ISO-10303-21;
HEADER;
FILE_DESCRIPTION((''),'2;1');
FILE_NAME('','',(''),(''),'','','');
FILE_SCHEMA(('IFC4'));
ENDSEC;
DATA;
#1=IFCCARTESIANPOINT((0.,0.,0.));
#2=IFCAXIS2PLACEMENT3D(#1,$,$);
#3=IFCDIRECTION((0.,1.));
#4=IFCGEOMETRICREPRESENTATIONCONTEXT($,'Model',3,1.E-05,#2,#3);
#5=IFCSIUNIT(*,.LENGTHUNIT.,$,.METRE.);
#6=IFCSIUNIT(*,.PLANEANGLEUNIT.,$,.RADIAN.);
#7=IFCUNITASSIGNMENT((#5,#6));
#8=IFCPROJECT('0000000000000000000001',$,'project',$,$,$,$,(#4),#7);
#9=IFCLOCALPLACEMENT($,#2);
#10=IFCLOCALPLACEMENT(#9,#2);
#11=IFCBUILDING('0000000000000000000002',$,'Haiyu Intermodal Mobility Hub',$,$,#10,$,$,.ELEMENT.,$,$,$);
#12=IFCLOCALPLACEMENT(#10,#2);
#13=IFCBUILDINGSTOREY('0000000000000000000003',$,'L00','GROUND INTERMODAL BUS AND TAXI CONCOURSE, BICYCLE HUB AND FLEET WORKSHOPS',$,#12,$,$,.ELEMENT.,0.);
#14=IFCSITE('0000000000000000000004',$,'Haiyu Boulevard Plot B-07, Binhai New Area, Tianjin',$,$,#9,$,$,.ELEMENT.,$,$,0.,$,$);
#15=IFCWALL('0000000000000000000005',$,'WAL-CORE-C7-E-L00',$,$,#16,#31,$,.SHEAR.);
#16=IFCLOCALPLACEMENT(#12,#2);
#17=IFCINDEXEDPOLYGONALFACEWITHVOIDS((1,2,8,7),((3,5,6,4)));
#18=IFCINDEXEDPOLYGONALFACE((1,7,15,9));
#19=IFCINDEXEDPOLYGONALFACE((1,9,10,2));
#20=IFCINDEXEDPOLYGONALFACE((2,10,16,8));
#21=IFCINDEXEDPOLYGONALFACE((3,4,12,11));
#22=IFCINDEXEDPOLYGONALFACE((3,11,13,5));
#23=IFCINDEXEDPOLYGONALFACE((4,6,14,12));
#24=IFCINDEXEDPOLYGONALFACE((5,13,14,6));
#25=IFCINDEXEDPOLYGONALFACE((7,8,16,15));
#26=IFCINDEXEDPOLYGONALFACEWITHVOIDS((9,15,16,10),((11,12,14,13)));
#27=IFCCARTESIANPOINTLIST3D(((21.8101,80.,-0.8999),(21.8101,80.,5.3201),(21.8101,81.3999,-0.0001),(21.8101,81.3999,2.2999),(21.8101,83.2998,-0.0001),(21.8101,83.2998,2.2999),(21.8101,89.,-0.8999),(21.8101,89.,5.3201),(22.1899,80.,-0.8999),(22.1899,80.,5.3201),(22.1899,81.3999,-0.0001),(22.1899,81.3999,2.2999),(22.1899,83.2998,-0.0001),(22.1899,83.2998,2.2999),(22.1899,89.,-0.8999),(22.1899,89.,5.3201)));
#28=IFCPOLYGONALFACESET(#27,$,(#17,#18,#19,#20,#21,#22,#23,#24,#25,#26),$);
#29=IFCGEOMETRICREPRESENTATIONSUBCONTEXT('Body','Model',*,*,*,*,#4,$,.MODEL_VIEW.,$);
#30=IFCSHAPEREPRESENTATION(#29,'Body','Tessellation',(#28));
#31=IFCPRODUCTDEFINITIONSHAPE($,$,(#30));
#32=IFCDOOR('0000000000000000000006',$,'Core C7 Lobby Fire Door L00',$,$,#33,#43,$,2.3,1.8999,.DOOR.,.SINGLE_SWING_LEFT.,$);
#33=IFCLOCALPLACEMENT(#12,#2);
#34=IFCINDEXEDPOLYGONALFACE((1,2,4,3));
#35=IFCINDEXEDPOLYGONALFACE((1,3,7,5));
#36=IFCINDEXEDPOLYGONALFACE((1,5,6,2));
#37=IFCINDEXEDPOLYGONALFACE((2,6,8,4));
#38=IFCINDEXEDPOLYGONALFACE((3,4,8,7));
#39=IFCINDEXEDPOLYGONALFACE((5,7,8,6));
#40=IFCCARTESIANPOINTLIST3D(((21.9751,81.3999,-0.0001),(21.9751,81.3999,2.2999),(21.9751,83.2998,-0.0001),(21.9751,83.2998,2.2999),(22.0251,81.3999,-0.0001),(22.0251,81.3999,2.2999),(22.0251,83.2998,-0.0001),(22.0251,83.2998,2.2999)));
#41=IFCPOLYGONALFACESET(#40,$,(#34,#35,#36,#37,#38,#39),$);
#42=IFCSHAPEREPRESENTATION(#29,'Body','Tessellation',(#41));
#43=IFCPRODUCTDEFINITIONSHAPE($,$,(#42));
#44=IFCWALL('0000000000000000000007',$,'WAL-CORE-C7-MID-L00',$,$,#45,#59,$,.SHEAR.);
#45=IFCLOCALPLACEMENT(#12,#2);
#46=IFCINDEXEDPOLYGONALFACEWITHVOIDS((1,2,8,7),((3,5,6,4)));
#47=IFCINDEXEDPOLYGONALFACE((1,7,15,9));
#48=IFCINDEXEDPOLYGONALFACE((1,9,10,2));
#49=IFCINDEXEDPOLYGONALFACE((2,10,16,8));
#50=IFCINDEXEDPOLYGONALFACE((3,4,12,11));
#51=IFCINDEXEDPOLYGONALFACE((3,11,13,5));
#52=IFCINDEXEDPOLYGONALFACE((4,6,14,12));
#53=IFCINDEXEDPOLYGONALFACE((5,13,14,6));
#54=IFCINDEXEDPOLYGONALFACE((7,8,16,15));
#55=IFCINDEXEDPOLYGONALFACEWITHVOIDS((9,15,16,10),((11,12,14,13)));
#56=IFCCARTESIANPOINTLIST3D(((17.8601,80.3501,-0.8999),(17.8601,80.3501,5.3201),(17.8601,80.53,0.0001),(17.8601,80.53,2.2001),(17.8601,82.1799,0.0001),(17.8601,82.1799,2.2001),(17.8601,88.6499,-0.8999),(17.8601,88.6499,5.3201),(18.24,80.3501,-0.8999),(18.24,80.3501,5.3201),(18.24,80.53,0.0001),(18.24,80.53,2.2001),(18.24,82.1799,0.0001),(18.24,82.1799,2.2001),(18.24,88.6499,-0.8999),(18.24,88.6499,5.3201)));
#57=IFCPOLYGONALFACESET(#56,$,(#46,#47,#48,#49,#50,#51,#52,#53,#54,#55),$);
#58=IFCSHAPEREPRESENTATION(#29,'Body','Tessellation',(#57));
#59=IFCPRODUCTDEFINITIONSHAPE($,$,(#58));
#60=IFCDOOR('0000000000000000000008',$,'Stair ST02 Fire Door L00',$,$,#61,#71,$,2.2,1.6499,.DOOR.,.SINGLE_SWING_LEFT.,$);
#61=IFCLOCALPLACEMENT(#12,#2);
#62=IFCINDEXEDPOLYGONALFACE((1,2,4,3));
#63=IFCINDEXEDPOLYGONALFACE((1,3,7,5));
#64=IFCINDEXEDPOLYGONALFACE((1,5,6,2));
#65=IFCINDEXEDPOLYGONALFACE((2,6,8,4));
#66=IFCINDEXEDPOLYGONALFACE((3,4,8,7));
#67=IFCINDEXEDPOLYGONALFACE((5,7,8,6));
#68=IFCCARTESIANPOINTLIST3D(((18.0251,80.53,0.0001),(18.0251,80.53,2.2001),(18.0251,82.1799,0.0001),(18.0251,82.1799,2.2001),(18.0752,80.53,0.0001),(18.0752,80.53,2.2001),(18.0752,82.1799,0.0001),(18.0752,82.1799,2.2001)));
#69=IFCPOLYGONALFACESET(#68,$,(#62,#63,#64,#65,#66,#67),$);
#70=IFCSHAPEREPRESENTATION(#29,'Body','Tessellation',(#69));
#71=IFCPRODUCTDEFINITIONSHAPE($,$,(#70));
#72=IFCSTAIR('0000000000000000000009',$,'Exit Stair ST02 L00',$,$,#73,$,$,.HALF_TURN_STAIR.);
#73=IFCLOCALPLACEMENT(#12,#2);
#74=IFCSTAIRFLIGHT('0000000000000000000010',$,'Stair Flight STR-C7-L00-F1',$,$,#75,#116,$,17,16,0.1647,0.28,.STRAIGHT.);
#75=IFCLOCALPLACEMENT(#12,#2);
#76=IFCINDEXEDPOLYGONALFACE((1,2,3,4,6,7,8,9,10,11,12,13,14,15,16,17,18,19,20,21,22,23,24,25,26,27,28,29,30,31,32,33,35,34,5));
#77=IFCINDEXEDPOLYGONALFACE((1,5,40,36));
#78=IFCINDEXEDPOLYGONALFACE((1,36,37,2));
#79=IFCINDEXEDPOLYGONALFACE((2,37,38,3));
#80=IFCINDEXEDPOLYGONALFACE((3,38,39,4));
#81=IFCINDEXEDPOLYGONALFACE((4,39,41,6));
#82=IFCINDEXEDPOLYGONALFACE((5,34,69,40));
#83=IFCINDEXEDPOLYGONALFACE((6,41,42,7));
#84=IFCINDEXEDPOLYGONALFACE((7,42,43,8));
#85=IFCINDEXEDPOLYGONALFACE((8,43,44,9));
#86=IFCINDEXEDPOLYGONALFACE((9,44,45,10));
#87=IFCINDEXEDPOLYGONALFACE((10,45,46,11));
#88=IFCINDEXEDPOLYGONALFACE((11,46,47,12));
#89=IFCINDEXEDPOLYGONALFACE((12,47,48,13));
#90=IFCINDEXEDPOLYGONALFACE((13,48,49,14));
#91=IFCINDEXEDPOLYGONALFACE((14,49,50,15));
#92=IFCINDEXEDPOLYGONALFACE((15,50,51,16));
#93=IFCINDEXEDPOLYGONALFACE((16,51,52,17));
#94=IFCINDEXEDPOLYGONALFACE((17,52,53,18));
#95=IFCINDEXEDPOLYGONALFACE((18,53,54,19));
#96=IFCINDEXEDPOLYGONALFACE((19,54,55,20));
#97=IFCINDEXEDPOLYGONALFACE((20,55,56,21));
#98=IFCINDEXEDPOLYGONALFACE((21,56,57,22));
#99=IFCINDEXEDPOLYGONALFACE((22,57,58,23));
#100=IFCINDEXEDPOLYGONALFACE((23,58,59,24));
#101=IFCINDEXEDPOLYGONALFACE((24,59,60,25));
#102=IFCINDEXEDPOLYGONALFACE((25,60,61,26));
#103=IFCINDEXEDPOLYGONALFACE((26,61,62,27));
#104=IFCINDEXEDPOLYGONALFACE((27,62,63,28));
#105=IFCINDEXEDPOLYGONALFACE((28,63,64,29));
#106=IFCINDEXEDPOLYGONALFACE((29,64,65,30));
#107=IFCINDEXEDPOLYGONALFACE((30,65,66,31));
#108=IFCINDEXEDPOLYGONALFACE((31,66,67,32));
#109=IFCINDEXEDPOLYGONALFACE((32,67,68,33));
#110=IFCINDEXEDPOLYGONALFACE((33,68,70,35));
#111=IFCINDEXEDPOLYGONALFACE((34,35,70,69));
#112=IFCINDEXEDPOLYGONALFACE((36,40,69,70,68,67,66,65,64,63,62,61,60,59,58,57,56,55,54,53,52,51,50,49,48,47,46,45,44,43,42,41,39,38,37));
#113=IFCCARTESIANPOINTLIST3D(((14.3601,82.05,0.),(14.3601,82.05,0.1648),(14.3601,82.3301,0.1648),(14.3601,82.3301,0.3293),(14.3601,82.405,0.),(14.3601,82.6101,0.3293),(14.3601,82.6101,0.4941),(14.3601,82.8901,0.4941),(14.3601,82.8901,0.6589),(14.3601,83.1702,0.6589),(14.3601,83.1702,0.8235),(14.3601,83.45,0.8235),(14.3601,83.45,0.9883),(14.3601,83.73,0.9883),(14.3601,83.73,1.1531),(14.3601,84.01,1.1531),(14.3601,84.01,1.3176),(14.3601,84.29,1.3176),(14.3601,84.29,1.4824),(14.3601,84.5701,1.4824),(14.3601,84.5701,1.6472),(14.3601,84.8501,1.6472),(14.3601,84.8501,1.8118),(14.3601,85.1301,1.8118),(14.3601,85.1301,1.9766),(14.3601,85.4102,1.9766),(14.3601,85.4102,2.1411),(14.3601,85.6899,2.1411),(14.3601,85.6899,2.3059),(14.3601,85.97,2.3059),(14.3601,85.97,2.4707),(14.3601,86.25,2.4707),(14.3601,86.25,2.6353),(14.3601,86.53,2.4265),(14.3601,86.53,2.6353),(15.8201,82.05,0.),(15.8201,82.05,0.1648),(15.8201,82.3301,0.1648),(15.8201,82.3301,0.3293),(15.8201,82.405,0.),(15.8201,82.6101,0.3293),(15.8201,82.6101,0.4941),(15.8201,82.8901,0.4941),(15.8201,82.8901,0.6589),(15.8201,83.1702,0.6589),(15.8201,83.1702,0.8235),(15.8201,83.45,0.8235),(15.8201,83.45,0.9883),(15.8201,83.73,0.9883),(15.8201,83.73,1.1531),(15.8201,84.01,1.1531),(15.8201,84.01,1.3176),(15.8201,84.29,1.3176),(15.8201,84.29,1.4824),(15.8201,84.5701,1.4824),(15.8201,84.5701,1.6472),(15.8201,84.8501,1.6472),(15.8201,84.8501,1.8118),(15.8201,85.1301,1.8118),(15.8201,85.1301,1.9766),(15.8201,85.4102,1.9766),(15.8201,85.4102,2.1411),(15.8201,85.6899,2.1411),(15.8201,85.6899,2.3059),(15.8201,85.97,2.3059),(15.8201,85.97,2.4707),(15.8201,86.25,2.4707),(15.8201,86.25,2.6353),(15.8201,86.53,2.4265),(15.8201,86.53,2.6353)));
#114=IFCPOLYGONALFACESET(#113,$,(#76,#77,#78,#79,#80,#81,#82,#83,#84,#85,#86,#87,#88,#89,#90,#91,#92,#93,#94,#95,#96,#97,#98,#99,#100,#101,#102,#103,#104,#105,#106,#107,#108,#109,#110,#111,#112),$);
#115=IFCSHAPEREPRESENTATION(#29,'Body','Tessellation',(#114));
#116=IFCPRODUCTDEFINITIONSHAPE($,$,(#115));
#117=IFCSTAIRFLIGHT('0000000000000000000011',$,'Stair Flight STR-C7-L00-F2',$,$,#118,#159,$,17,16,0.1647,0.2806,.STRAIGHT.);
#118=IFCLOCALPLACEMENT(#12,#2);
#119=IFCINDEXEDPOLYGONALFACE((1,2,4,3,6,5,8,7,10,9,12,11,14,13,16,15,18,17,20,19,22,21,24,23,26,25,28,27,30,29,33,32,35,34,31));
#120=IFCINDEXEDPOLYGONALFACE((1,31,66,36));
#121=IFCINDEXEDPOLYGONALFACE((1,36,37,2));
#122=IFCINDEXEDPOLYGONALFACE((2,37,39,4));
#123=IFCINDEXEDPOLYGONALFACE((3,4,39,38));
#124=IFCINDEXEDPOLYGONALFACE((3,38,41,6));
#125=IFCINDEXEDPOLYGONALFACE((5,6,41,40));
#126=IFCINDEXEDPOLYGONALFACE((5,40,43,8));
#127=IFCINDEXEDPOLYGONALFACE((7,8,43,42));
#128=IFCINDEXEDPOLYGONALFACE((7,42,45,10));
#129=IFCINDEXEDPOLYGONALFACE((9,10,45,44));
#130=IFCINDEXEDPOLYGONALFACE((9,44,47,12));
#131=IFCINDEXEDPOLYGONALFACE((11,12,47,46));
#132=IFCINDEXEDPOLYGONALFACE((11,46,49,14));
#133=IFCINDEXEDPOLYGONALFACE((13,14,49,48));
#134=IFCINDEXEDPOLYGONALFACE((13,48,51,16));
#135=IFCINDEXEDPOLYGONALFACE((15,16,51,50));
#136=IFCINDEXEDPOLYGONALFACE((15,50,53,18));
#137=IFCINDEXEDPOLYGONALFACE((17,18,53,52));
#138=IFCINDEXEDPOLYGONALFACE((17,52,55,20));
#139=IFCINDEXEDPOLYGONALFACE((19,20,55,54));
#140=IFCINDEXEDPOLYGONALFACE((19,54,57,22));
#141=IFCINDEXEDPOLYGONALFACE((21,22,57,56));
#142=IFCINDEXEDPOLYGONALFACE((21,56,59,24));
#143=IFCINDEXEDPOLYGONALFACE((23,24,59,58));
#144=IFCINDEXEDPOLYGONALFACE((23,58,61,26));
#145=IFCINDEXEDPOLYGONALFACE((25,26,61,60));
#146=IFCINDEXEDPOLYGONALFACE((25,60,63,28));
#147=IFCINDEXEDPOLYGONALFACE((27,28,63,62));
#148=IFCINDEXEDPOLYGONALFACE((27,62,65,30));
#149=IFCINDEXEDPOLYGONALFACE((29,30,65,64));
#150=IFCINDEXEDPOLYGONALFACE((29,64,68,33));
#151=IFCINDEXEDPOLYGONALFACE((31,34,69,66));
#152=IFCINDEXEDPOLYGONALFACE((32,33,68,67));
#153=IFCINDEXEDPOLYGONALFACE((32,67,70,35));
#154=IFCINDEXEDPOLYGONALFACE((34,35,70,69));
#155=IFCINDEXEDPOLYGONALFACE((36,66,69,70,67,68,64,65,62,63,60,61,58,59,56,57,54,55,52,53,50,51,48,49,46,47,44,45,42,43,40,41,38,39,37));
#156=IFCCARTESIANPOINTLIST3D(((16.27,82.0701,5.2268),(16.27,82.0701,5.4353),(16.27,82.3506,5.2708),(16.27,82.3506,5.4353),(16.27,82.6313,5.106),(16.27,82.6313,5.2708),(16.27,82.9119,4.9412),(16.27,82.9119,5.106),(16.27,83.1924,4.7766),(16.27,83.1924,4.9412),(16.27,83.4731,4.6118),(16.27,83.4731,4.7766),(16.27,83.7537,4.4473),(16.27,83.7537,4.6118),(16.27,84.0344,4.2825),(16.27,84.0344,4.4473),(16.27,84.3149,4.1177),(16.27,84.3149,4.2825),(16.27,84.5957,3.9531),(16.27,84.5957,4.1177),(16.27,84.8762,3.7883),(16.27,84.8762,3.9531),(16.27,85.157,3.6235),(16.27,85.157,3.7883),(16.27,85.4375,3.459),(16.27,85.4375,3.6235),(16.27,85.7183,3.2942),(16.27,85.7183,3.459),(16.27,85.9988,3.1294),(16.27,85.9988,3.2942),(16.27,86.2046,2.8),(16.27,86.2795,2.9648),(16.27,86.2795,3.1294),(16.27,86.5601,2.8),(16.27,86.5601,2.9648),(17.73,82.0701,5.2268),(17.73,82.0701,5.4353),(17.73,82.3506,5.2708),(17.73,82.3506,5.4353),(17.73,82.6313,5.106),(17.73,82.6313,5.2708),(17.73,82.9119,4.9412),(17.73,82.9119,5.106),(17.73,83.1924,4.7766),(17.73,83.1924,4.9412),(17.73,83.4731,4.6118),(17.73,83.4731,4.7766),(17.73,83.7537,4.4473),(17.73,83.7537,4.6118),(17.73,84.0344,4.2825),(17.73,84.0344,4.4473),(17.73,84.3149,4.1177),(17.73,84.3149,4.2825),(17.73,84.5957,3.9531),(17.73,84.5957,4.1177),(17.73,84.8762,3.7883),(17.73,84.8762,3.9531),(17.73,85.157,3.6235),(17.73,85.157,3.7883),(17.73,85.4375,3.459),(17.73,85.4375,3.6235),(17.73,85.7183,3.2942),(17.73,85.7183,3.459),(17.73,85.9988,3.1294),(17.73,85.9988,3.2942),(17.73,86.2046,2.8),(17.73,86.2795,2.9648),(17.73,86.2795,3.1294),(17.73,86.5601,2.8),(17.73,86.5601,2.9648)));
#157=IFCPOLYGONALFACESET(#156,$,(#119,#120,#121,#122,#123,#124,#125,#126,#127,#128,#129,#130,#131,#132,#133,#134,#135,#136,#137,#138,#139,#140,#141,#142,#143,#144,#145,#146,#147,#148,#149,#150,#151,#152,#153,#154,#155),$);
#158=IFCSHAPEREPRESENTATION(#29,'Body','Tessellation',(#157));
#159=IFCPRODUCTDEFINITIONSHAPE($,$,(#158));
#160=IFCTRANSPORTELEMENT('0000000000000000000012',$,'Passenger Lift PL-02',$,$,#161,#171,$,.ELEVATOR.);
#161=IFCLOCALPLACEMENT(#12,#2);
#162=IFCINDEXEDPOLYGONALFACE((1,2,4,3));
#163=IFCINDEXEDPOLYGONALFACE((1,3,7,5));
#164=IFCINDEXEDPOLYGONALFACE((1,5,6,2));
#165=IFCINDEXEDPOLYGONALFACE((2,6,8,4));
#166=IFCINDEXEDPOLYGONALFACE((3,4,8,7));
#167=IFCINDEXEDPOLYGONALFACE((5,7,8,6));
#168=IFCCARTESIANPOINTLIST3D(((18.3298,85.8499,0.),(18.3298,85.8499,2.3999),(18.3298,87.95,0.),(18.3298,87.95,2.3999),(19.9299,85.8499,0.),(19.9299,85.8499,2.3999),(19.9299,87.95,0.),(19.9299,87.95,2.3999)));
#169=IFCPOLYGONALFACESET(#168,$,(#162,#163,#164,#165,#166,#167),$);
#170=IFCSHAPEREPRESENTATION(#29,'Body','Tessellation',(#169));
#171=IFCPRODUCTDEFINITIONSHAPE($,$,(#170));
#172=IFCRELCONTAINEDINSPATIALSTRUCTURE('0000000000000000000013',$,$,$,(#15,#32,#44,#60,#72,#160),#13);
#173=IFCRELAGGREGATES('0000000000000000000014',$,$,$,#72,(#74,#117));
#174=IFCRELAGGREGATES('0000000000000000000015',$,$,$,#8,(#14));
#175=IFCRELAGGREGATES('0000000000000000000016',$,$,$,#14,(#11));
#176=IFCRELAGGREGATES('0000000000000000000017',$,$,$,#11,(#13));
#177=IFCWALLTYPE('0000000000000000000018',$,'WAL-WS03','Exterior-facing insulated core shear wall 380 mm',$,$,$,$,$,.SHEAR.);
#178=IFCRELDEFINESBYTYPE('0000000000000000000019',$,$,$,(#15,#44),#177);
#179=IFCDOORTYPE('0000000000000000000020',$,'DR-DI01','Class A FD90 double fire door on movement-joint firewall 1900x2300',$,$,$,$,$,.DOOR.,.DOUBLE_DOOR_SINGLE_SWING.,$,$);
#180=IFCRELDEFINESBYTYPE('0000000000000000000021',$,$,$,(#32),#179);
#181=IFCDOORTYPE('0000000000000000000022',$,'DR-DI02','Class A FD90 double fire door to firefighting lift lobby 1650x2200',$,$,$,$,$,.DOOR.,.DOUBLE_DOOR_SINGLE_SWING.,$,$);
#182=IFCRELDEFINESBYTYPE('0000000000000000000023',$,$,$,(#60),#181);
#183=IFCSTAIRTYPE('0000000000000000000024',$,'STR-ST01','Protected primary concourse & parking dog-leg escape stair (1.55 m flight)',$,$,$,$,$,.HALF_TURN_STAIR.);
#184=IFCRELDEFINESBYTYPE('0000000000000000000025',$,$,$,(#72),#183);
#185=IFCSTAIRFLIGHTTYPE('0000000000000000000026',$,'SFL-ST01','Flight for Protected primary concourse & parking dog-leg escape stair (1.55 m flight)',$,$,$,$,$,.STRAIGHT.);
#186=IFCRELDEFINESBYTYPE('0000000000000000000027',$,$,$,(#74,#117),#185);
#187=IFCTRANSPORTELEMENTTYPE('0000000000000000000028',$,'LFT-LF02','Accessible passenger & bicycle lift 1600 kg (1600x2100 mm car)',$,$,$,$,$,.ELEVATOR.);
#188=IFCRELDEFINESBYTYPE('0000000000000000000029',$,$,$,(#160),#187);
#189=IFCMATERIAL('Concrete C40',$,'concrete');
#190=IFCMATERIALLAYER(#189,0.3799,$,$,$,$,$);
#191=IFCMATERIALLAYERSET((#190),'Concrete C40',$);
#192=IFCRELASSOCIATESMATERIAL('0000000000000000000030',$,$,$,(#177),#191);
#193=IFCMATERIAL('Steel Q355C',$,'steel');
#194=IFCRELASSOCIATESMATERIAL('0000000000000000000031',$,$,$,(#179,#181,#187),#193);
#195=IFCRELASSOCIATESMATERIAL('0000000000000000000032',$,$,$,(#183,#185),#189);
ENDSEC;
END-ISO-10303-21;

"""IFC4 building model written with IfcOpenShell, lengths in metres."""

from ifc_helpers import new_model, si_unit, direction, frame, frame_2d, origin, origin_2d, place, context, subcontext, project, spatial, polyline, rectangle, outline, extrude, material, layer, layer_set, type_object, element, fill, aggregate, save


model = new_model("IFC4")

# Units and contexts
model_context = context("Model", 3, precision=1e-05, world=origin(), true_north=direction((0.0, 1.0)))
body_context = subcontext(model_context, "Body", "Model", "MODEL_VIEW")
ifc_project = project(units=[si_unit("LENGTHUNIT", "METRE"), si_unit("PLANEANGLEUNIT", "RADIAN")], contexts=[model_context])

# Site, building, storey
site_placement = place(None, origin())
site = spatial("IfcSite", under=ifc_project, at=site_placement, Name="Haiyu Boulevard Plot B-07, Binhai New Area, Tianjin", CompositionType="ELEMENT", RefElevation=0.0)
building_placement = place(site_placement, origin())
building = spatial("IfcBuilding", under=site, at=building_placement, Name="Haiyu Intermodal Mobility Hub", CompositionType="ELEMENT")
storey_placement = place(building_placement, origin())
storey = spatial("IfcBuildingStorey", under=building, at=storey_placement, Name="L00", Description="GROUND INTERMODAL BUS AND TAXI CONCOURSE, BICYCLE HUB AND FLEET WORKSHOPS", CompositionType="ELEMENT", Elevation=0.0)

# Shared definitions
ifc_material_1 = material(Name="Concrete C40", Category="concrete")

# Shared definitions
ifc_material_2 = material(Name="Steel Q355C", Category="steel")

# Walls, openings, doors
ifc_layer_1 = layer(ifc_material_1, 0.3799)
ifc_layer_set_1 = layer_set([ifc_layer_1], Name="Concrete C40")
wall_type_1 = type_object("IfcWallType", Name="WAL-WS03", Description="Exterior-facing insulated core shear wall 380 mm", PredefinedType="SHEAR", material=ifc_layer_set_1)
wall_1_placement = place(storey_placement, frame((22.0, 80.0, -0.8999), z_axis=(0.0, 0.0, 1.0), x_axis=(0.0, 1.0, 0.0)))
wall_1 = element("IfcWall", 1, at=wall_1_placement, inside=storey, type_object=wall_type_1, Name="WAL-CORE-C7-E-L00", PredefinedType="SHEAR", context=body_context, shape_type="SweptSolid", body=[
    extrude(rectangle(XDim=9.0, YDim=0.3799, at=frame_2d((4.5, 0.0))), origin(), (0.0, 0.0, 1.0), 6.22),
])
opening_1_placement = place(wall_1_placement, frame((1.3999, 0.0, 0.8999)))
opening_1 = element("IfcOpeningElement", 2, at=opening_1_placement, cuts=wall_1, PredefinedType="OPENING", context=body_context, shape_type="SweptSolid", body=[
    extrude(rectangle(XDim=1.8999, YDim=2.3, at=frame_2d((0.95, 1.1499))), frame((0.0, 0.2, 0.0), z_axis=(0.0, -1.0, 0.0), x_axis=(1.0, 0.0, 0.0)), (0.0, 0.0, 1.0), 0.3999),
])
door_type_1 = type_object("IfcDoorType", Name="DR-DI01", Description="Class A FD90 double fire door on movement-joint firewall 1900x2300", OperationType="DOUBLE_DOOR_SINGLE_SWING", PredefinedType="DOOR", material=ifc_material_2)
door_1_placement = place(opening_1_placement, origin())
door_1 = element("IfcDoor", 3, at=door_1_placement, inside=storey, type_object=door_type_1, Name="Core C7 Lobby Fire Door L00", OperationType="SINGLE_SWING_LEFT", OverallHeight=2.3, OverallWidth=1.8999, PredefinedType="DOOR", context=body_context, shape_type="SweptSolid", body=[
    extrude(rectangle(XDim=1.8999, YDim=2.3, at=frame_2d((0.95, 1.1499))), frame((0.0, 0.0249, 0.0), z_axis=(0.0, -1.0, 0.0), x_axis=(1.0, 0.0, 0.0)), (0.0, 0.0, 1.0), 0.05),
])
fill(opening_1, door_1)
wall_2_placement = place(storey_placement, frame((18.05, 80.3501, -0.8999), z_axis=(0.0, 0.0, 1.0), x_axis=(0.0, 1.0, 0.0)))
wall_2 = element("IfcWall", 4, at=wall_2_placement, inside=storey, type_object=wall_type_1, Name="WAL-CORE-C7-MID-L00", PredefinedType="SHEAR", context=body_context, shape_type="SweptSolid", body=[
    extrude(rectangle(XDim=8.2998, YDim=0.3799, at=frame_2d((4.1499, 0.0))), origin(), (0.0, 0.0, 1.0), 6.22),
])
opening_2_placement = place(wall_2_placement, frame((0.1799, 0.0, 0.8999)))
opening_2 = element("IfcOpeningElement", 5, at=opening_2_placement, cuts=wall_2, PredefinedType="OPENING", context=body_context, shape_type="SweptSolid", body=[
    extrude(rectangle(XDim=1.6499, YDim=2.2, at=frame_2d((0.825, 1.1001))), frame((0.0, 0.2, 0.0), z_axis=(0.0, -1.0, 0.0), x_axis=(1.0, 0.0, 0.0)), (0.0, 0.0, 1.0), 0.3999),
])
door_type_2 = type_object("IfcDoorType", Name="DR-DI02", Description="Class A FD90 double fire door to firefighting lift lobby 1650x2200", OperationType="DOUBLE_DOOR_SINGLE_SWING", PredefinedType="DOOR", material=ifc_material_2)
door_2_placement = place(opening_2_placement, origin())
door_2 = element("IfcDoor", 6, at=door_2_placement, inside=storey, type_object=door_type_2, Name="Stair ST02 Fire Door L00", OperationType="SINGLE_SWING_LEFT", OverallHeight=2.2, OverallWidth=1.6499, PredefinedType="DOOR", context=body_context, shape_type="SweptSolid", body=[
    extrude(rectangle(XDim=1.6499, YDim=2.2, at=frame_2d((0.825, 1.1001))), frame((0.0, 0.0249, 0.0), z_axis=(0.0, -1.0, 0.0), x_axis=(1.0, 0.0, 0.0)), (0.0, 0.0, 1.0), 0.05),
])
fill(opening_2, door_2)

# Stair, stair flights
stair_type = type_object("IfcStairType", Name="STR-ST01", Description="Protected primary concourse & parking dog-leg escape stair (1.55 m flight)", PredefinedType="HALF_TURN_STAIR", material=ifc_material_1)
stair_placement = place(storey_placement, origin())
stair = element("IfcStair", 7, at=stair_placement, inside=storey, type_object=stair_type, Name="Exit Stair ST02 L00", PredefinedType="HALF_TURN_STAIR")
stair_flight_type = type_object("IfcStairFlightType", Name="SFL-ST01", Description="Flight for Protected primary concourse & parking dog-leg escape stair (1.55 m flight)", PredefinedType="STRAIGHT", material=ifc_material_1)
stair_flight_1_placement = place(storey_placement, frame((15.0901, 82.05, 0.0), z_axis=(0.0, 0.0, 1.0), x_axis=(0.0, 1.0, 0.0)))
stair_flight_1 = element("IfcStairFlight", 8, at=stair_flight_1_placement, type_object=stair_flight_type, Name="Stair Flight STR-C7-L00-F1", NumberOfRisers=17, NumberOfTreads=16, PredefinedType="STRAIGHT", RiserHeight=0.1647, TreadLength=0.28, context=body_context, shape_type="SweptSolid", body=[
    extrude(outline(polyline([(0.0, 0.0), (0.0, 0.1648), (0.28, 0.1648), (0.28, 0.3293), (0.5601, 0.3293), (0.5601, 0.4941), (0.8401, 0.4941), (0.8401, 0.6589), (1.1201, 0.6589), (1.1201, 0.8235), (1.3999, 0.8235), (1.3999, 0.9883), (1.6799, 0.9883), (1.6799, 1.1531), (1.96, 1.1531), (1.96, 1.3176), (2.24, 1.3176), (2.24, 1.4824), (2.52, 1.4824), (2.52, 1.6472), (2.8, 1.6472), (2.8, 1.8118), (3.0801, 1.8118), (3.0801, 1.9766), (3.3601, 1.9766), (3.3601, 2.1411), (3.6399, 2.1411), (3.6399, 2.3059), (3.9199, 2.3059), (3.9199, 2.4707), (4.2, 2.4707), (4.2, 2.6353), (4.48, 2.6353), (4.48, 2.8), (4.48, 2.4265), (0.355, 0.0), (0.0, 0.0)])), frame((0.0, 0.73, 0.0), z_axis=(0.0, -1.0, 0.0), x_axis=(1.0, 0.0, 0.0)), (0.0, 0.0, 1.0), 1.46),
])
stair_flight_2_placement = place(storey_placement, frame((17.0, 86.5601, 2.8), z_axis=(0.0, 0.0, 1.0), x_axis=(0.0, -1.0, 0.0)))
stair_flight_2 = element("IfcStairFlight", 9, at=stair_flight_2_placement, type_object=stair_flight_type, Name="Stair Flight STR-C7-L00-F2", NumberOfRisers=17, NumberOfTreads=16, PredefinedType="STRAIGHT", RiserHeight=0.1647, TreadLength=0.2806, context=body_context, shape_type="SweptSolid", body=[
    extrude(outline(polyline([(0.0, 0.0), (0.0, 0.1648), (0.2805, 0.1648), (0.2805, 0.3293), (0.5613, 0.3293), (0.5613, 0.4941), (0.8418, 0.4941), (0.8418, 0.6589), (1.1226, 0.6589), (1.1226, 0.8235), (1.4031, 0.8235), (1.4031, 0.9883), (1.6838, 0.9883), (1.6838, 1.1531), (1.9644, 1.1531), (1.9644, 1.3176), (2.2451, 1.3176), (2.2451, 1.4824), (2.5256, 1.4824), (2.5256, 1.6472), (2.8064, 1.6472), (2.8064, 1.8118), (3.0869, 1.8118), (3.0869, 1.9766), (3.3677, 1.9766), (3.3677, 2.1411), (3.6482, 2.1411), (3.6482, 2.3059), (3.9287, 2.3059), (3.9287, 2.4707), (4.2095, 2.4707), (4.2095, 2.6353), (4.49, 2.6353), (4.49, 2.8), (4.49, 2.4268), (0.3555, 0.0), (0.0, 0.0)])), frame((0.0, 0.73, 0.0), z_axis=(0.0, -1.0, 0.0), x_axis=(1.0, 0.0, 0.0)), (0.0, 0.0, 1.0), 1.46),
])
aggregate(stair, [stair_flight_1, stair_flight_2])

# Transport element
transport_element_type = type_object("IfcTransportElementType", Name="LFT-LF02", Description="Accessible passenger & bicycle lift 1600 kg (1600x2100 mm car)", PredefinedType="ELEVATOR", material=ifc_material_2)
transport_element_placement = place(storey_placement, frame((19.1299, 86.8999, 0.0), z_axis=(0.0, 0.0, 1.0), x_axis=(1.0, 0.0, 0.0)))
element("IfcTransportElement", 10, at=transport_element_placement, inside=storey, type_object=transport_element_type, Name="Passenger Lift PL-02", PredefinedType="ELEVATOR", context=body_context, shape_type="SweptSolid", body=[
    extrude(rectangle(XDim=1.6001, YDim=2.1001, at=origin_2d()), origin(), (0.0, 0.0, 1.0), 2.3999),
])

save(model, "model.ifc")
